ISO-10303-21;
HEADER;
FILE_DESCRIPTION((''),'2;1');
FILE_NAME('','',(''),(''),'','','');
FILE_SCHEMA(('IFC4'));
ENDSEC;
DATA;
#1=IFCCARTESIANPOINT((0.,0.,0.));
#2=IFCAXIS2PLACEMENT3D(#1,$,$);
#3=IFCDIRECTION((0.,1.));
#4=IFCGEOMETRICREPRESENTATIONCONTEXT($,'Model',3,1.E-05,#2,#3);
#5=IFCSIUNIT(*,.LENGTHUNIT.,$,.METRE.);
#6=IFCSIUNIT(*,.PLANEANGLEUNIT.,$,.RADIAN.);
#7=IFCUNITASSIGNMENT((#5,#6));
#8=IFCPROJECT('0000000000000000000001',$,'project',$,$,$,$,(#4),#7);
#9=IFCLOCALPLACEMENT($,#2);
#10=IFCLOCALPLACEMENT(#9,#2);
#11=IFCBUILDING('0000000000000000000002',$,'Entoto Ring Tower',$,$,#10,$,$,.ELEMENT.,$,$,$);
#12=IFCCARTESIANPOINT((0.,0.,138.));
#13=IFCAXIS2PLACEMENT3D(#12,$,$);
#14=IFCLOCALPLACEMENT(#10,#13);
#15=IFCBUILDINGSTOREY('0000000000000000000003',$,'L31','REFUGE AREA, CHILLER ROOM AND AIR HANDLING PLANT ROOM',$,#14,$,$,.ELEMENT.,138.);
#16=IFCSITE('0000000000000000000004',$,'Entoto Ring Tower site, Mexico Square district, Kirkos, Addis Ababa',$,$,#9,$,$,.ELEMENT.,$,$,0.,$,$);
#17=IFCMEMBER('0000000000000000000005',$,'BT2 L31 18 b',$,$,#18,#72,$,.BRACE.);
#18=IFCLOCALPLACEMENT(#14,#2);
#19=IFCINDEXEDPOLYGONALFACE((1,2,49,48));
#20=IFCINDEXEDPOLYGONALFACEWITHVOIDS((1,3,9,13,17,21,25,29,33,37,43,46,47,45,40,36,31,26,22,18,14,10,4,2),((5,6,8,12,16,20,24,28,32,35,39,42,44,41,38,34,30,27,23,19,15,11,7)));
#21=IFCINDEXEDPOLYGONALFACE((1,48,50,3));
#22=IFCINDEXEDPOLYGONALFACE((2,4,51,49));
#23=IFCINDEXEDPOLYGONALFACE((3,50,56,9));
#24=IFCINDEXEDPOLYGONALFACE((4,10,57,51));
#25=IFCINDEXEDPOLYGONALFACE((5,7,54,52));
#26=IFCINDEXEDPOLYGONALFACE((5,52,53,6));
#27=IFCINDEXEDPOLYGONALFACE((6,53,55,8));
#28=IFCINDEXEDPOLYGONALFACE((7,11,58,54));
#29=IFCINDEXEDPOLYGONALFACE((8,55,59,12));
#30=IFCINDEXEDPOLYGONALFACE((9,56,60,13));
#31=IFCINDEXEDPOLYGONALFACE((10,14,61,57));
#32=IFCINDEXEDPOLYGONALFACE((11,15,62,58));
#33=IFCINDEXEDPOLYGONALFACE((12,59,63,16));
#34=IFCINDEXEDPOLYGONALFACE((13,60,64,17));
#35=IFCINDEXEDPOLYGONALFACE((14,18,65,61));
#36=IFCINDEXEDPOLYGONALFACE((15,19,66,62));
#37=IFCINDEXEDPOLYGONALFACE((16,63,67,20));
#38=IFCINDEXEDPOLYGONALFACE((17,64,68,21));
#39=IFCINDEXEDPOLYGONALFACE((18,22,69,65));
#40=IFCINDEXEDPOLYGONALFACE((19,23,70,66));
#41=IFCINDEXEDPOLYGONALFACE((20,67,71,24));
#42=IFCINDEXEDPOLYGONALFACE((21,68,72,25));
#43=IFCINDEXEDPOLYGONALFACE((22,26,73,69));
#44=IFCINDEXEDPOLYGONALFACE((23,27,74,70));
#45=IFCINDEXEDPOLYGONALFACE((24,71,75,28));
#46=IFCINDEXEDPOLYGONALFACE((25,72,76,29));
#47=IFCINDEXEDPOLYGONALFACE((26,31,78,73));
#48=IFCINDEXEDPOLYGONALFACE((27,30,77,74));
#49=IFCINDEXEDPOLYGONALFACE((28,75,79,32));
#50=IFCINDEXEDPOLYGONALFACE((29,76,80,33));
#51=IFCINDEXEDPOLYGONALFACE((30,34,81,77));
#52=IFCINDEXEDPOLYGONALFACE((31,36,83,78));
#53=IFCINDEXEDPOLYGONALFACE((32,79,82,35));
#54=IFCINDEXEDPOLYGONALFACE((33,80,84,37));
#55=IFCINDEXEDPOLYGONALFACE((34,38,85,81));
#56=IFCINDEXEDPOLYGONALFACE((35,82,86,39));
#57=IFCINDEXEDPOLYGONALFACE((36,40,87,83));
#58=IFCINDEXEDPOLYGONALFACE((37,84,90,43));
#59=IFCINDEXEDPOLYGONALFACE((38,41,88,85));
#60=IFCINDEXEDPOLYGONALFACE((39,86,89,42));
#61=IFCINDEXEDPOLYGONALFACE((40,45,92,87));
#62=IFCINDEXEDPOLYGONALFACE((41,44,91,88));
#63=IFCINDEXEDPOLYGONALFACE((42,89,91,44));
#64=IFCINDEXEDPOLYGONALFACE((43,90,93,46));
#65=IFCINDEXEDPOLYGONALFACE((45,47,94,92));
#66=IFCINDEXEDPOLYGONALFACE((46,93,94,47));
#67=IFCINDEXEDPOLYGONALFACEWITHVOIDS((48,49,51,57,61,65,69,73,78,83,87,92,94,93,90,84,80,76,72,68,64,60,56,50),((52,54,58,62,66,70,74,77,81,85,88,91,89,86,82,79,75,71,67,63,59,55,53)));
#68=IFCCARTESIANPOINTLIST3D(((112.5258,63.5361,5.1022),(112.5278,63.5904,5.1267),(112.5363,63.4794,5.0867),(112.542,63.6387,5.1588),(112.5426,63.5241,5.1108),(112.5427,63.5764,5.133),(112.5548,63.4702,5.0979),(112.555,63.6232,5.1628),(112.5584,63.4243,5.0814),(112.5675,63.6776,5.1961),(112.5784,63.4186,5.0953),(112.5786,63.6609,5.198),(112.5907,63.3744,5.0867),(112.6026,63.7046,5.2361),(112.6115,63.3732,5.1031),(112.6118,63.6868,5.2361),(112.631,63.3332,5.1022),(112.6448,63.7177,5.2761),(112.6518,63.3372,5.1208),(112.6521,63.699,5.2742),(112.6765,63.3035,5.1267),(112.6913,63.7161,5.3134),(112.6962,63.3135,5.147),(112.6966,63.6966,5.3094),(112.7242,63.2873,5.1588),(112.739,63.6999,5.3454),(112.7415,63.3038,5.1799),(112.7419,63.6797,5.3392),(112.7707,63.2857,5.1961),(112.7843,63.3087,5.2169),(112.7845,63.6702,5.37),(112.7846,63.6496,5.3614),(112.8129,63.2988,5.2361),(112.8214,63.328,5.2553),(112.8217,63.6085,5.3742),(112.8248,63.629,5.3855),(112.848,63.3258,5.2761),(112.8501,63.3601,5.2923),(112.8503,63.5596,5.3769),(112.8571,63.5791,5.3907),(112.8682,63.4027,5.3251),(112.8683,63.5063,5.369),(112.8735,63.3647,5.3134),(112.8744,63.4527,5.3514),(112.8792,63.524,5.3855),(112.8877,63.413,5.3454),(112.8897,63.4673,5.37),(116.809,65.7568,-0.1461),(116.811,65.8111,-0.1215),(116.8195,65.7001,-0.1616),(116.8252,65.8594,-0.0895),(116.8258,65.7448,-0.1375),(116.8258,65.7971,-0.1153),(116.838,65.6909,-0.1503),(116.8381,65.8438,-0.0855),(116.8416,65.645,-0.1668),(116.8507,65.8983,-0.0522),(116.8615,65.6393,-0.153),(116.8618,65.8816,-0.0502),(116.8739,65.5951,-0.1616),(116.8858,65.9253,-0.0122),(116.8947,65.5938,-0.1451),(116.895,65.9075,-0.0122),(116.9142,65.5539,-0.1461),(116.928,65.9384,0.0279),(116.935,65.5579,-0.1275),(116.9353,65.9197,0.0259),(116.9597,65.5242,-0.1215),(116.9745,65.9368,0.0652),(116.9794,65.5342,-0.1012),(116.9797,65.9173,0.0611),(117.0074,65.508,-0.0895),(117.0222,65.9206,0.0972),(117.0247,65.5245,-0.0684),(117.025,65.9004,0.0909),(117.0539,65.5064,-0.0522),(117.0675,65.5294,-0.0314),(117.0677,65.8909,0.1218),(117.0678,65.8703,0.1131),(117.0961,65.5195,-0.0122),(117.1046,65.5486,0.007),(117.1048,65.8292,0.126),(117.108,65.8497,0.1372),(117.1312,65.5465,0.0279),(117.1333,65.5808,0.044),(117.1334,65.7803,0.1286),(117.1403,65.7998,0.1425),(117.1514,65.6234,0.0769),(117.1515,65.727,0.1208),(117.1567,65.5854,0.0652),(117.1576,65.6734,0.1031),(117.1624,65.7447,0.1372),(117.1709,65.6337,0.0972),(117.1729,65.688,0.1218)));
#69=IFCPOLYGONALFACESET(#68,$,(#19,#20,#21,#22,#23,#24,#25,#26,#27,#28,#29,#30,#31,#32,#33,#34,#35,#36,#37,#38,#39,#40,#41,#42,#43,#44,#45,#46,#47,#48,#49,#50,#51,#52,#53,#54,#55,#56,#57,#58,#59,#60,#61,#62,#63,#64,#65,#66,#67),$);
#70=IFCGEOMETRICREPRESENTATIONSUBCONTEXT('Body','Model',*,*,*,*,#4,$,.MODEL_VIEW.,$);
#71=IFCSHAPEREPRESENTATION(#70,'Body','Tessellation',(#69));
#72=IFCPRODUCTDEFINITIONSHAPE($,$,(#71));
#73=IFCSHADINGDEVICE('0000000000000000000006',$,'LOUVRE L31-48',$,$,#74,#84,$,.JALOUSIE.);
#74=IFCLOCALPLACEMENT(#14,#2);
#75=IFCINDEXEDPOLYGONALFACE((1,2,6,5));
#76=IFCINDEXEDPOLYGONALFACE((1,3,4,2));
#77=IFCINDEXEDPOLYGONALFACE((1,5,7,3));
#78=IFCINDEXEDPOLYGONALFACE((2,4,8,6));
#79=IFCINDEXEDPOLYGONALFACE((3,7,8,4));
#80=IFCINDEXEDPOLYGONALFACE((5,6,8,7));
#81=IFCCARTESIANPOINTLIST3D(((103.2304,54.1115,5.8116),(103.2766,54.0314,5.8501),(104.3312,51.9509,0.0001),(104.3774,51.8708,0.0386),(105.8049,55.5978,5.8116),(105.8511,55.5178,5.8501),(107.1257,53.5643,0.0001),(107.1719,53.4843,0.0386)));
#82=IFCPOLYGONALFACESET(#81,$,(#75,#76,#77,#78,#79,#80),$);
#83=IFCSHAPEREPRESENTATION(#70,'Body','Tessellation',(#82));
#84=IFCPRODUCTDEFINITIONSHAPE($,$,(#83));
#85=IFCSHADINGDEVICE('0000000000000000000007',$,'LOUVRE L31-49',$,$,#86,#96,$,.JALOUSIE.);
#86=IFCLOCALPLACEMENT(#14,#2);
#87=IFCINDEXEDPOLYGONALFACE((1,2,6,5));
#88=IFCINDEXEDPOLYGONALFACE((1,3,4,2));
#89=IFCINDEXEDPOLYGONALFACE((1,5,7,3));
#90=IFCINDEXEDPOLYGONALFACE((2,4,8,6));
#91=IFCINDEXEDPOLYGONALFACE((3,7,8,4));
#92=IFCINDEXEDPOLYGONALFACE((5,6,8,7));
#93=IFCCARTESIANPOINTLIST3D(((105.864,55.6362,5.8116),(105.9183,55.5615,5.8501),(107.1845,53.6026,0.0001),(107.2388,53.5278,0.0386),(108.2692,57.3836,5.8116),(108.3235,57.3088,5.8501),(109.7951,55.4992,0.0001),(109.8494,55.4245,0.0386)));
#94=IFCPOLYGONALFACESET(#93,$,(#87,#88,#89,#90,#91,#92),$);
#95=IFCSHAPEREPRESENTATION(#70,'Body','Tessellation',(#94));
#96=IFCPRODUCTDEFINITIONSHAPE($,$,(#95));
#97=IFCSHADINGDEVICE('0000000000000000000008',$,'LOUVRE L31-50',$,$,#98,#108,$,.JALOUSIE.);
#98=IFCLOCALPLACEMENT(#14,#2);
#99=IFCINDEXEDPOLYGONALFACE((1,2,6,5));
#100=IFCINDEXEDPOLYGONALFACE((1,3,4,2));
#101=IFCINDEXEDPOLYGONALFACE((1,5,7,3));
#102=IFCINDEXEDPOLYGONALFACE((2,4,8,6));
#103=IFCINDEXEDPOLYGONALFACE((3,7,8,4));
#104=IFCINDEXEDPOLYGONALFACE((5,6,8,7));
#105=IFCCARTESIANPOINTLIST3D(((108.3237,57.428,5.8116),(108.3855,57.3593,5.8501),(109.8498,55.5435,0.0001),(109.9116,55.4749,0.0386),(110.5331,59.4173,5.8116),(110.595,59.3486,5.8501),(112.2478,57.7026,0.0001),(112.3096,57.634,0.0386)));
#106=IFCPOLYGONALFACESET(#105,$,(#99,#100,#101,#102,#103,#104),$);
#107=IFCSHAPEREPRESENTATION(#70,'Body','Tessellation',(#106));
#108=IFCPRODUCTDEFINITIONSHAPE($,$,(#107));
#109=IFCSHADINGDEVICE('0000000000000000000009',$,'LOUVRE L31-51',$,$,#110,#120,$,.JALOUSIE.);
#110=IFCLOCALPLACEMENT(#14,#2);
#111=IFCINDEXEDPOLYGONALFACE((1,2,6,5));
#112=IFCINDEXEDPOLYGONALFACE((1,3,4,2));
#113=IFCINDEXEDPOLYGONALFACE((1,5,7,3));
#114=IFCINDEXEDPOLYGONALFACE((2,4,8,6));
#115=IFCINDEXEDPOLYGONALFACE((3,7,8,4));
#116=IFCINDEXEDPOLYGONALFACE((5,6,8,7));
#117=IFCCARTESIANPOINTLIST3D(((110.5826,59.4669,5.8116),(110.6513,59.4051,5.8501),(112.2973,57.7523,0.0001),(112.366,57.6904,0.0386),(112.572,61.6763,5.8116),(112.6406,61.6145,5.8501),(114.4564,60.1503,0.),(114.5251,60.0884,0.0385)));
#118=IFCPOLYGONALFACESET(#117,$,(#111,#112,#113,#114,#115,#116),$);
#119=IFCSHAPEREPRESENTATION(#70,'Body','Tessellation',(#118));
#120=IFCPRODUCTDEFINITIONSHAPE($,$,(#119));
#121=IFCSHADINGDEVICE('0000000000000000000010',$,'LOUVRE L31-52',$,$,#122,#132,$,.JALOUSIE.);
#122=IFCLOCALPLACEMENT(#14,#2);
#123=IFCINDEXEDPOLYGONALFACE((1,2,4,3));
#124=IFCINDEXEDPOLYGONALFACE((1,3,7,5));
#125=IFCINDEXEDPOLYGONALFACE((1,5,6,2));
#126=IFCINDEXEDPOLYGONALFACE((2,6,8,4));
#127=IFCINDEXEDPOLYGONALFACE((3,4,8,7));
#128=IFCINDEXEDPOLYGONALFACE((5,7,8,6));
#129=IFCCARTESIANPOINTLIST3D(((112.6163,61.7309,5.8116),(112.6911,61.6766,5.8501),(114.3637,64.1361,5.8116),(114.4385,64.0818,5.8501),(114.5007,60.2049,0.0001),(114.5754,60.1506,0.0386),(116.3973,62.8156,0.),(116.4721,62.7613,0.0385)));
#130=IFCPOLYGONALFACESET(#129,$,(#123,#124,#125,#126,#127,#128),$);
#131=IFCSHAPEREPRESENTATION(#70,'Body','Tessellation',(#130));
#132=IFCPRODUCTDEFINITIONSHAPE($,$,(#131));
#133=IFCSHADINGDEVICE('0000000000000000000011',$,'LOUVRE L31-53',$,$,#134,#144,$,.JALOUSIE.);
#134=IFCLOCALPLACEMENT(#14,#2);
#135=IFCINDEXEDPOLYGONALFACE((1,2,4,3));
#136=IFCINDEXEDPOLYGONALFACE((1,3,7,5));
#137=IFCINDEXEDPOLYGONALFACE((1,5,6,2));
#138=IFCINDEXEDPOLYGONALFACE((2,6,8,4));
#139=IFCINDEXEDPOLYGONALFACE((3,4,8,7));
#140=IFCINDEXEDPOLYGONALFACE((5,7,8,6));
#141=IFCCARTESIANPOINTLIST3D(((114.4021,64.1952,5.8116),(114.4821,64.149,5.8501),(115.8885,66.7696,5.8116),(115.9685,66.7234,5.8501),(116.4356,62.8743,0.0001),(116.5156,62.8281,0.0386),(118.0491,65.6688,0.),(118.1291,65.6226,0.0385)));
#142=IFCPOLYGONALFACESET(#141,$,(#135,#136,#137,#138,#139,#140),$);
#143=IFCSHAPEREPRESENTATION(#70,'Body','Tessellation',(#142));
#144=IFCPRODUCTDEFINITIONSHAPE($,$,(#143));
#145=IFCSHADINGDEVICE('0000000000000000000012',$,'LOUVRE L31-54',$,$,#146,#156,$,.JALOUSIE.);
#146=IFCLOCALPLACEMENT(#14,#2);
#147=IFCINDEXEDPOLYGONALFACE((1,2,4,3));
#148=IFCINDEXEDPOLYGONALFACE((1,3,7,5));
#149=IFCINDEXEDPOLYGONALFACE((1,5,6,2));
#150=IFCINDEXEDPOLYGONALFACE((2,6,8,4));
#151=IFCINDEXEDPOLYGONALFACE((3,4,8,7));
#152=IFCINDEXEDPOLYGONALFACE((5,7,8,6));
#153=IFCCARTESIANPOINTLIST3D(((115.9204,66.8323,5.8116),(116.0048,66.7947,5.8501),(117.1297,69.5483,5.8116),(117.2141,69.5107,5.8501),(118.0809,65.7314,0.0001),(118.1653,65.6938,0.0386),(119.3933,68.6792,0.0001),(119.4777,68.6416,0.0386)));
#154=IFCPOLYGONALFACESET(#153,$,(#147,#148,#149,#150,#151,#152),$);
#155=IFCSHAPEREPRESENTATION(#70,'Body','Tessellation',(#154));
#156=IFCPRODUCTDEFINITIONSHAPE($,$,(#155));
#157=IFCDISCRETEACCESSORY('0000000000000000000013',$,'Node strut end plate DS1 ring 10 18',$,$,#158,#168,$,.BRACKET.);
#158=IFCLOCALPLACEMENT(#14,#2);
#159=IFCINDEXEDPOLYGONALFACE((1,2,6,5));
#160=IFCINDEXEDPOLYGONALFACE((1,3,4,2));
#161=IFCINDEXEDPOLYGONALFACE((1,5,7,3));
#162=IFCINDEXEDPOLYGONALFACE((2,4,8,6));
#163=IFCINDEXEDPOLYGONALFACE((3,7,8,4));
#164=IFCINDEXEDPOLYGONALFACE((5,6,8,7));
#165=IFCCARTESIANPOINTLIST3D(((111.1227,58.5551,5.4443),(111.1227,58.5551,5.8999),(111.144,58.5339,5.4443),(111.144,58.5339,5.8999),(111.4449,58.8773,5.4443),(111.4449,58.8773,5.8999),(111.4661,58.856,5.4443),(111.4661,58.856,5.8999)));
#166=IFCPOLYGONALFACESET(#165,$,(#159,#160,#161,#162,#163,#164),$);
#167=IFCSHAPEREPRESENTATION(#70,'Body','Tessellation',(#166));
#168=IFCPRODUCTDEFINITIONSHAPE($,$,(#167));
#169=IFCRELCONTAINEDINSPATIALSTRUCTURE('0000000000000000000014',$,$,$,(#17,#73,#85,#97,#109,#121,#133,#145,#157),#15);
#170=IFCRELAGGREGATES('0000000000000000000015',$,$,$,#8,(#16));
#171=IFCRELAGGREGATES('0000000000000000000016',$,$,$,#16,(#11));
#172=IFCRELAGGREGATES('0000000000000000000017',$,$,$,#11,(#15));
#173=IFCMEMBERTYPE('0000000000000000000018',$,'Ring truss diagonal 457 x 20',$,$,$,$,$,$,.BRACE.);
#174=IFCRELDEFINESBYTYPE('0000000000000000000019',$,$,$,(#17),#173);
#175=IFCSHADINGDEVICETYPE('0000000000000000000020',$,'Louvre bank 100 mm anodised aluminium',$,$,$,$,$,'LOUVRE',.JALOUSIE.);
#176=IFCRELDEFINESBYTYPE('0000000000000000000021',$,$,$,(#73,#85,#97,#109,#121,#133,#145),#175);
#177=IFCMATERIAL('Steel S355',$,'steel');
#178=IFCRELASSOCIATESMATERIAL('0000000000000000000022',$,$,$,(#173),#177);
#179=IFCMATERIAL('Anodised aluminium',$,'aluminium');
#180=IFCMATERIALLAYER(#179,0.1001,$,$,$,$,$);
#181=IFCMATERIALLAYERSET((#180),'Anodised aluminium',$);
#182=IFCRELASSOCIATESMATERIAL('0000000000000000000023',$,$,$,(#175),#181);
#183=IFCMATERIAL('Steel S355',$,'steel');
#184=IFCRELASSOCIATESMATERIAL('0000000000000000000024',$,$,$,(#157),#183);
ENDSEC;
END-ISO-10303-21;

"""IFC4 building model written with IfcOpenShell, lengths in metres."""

from ifc_helpers import new_model, si_unit, direction, frame, origin, origin_2d, place, context, subcontext, project, spatial, polyline, rectangle, circle, hollow_circle, outline, extrude, material, layer, layer_set, material_profile, profile_set, type_object, element, save


model = new_model("IFC4")

# Units and contexts
model_context = context("Model", 3, precision=1e-05, world=origin(), true_north=direction((0.0, 1.0)))
body_context = subcontext(model_context, "Body", "Model", "MODEL_VIEW")
ifc_project = project(units=[si_unit("LENGTHUNIT", "METRE"), si_unit("PLANEANGLEUNIT", "RADIAN")], contexts=[model_context])

# Site, building, storey
site_placement = place(None, origin())
site = spatial("IfcSite", under=ifc_project, at=site_placement, Name="Entoto Ring Tower site, Mexico Square district, Kirkos, Addis Ababa", CompositionType="ELEMENT", RefElevation=0.0)
building_placement = place(site_placement, origin())
building = spatial("IfcBuilding", under=site, at=building_placement, Name="Entoto Ring Tower", CompositionType="ELEMENT")
storey_placement = place(building_placement, frame((0.0, 0.0, 138.0)))
storey = spatial("IfcBuildingStorey", under=building, at=storey_placement, Name="L31", Description="REFUGE AREA, CHILLER ROOM AND AIR HANDLING PLANT ROOM", CompositionType="ELEMENT", Elevation=138.0)

# Member
ifc_material_1 = material(Name="Steel S355", Category="steel")
ifc_material_profile_1 = material_profile(ifc_material_1, hollow_circle(Radius=0.2285, WallThickness=0.02, at=origin_2d()), Name="CHS 457 x 20")
ifc_material_2 = material(Name="Concrete C60/75", Category="concrete")
ifc_material_profile_2 = material_profile(ifc_material_2, circle(Radius=0.2085, at=origin_2d()), Name="Concrete C60/75 infill")
ifc_profile_set_1 = profile_set([ifc_material_profile_1, ifc_material_profile_2], Name="Steel S355")
member_type_1 = type_object("IfcMemberType", Name="Ring truss diagonal 457 x 20", PredefinedType="BRACE", material=ifc_profile_set_1)
member_1_placement = place(storey_placement, frame((112.7078, 63.5017, 5.2361), z_axis=(0.600818, 0.311505, -0.736194), x_axis=(-0.460282, 0.887773, 0.0)))
element("IfcMember", 1, at=member_1_placement, inside=storey, type_object=member_type_1, Name="BT2 L31 18 b", PredefinedType="BRACE", context=body_context, shape_type="SweptSolid", body=[
    extrude(hollow_circle(Radius=0.2285, WallThickness=0.02, at=origin_2d()), origin(), (0.0, 0.0, 1.0), 7.1289),
])

# Shading devices
ifc_material_3 = material(Name="Anodised aluminium", Category="aluminium")
ifc_layer_1 = layer(ifc_material_3, 0.1001)
ifc_layer_set_1 = layer_set([ifc_layer_1], Name="Anodised aluminium")
shading_device_type = type_object("IfcShadingDeviceType", Name="Louvre bank 100 mm anodised aluminium", ElementType="LOUVRE", PredefinedType="JALOUSIE", material=ifc_layer_set_1)
shading_device_1_placement = place(storey_placement, frame((104.3774, 51.8708, 0.0386), z_axis=(0.461551, -0.799399, 0.38462), x_axis=(0.866015, 0.500018, 0.000009)))
element("IfcShadingDevice", 2, at=shading_device_1_placement, inside=storey, type_object=shading_device_type, Name="LOUVRE L31-48", PredefinedType="JALOUSIE", context=body_context, shape_type="SweptSolid", body=[
    extrude(outline(polyline([(0.0, 0.0), (3.2268, 0.0), (3.0998, 6.2958), (0.1271, 6.2959), (0.0, 0.0)])), origin(), (0.0, 0.0, -1.0), 0.1001),
])
shading_device_2_placement = place(storey_placement, frame((107.2388, 53.5278, 0.0386), z_axis=(0.542554, -0.746802, 0.384606), x_axis=(0.80903, 0.587768, 0.000011)))
element("IfcShadingDevice", 3, at=shading_device_2_placement, inside=storey, type_object=shading_device_type, Name="LOUVRE L31-49", PredefinedType="JALOUSIE", context=body_context, shape_type="SweptSolid", body=[
    extrude(outline(polyline([(0.0, 0.0), (3.2269, 0.0), (3.1, 6.2958), (0.127, 6.2958), (0.0, 0.0)])), origin(), (0.0, 0.0, -1.0), 0.1001),
])
shading_device_3_placement = place(storey_placement, frame((109.9116, 55.4749, 0.0386), z_axis=(0.617647, -0.685983, 0.384629), x_axis=(0.743151, 0.669124, 0.000009)))
element("IfcShadingDevice", 4, at=shading_device_3_placement, inside=storey, type_object=shading_device_type, Name="LOUVRE L31-50", PredefinedType="JALOUSIE", context=body_context, shape_type="SweptSolid", body=[
    extrude(outline(polyline([(0.0, 0.0), (3.2268, 0.0), (3.0999, 6.2958), (0.1269, 6.2959), (0.0, 0.0)])), origin(), (0.0, 0.0, -1.0), 0.1001),
])
shading_device_4_placement = place(storey_placement, frame((112.366, 57.6904, 0.0386), z_axis=(0.685983, -0.617647, 0.384629), x_axis=(0.669124, 0.743151, -0.000009)))
element("IfcShadingDevice", 5, at=shading_device_4_placement, inside=storey, type_object=shading_device_type, Name="LOUVRE L31-51", PredefinedType="JALOUSIE", context=body_context, shape_type="SweptSolid", body=[
    extrude(outline(polyline([(0.0, 0.0), (3.2268, 0.0), (3.0999, 6.2959), (0.1269, 6.2958), (0.0, 0.0)])), origin(), (0.0, 0.0, -1.0), 0.1001),
])
shading_device_5_placement = place(storey_placement, frame((114.5754, 60.1506, 0.0386), z_axis=(0.746802, -0.542554, 0.384606), x_axis=(0.587768, 0.80903, -0.000011)))
element("IfcShadingDevice", 6, at=shading_device_5_placement, inside=storey, type_object=shading_device_type, Name="LOUVRE L31-52", PredefinedType="JALOUSIE", context=body_context, shape_type="SweptSolid", body=[
    extrude(outline(polyline([(0.0, 0.0), (3.2269, 0.0), (3.0999, 6.2958), (0.1269, 6.2958), (0.0, 0.0)])), origin(), (0.0, 0.0, -1.0), 0.1001),
])
shading_device_6_placement = place(storey_placement, frame((116.5156, 62.8281, 0.0386), z_axis=(0.799399, -0.461551, 0.38462), x_axis=(0.500018, 0.866015, -0.000009)))
element("IfcShadingDevice", 7, at=shading_device_6_placement, inside=storey, type_object=shading_device_type, Name="LOUVRE L31-53", PredefinedType="JALOUSIE", context=body_context, shape_type="SweptSolid", body=[
    extrude(outline(polyline([(0.0, 0.0), (3.2268, 0.0), (3.0997, 6.2959), (0.127, 6.2958), (0.0, 0.0)])), origin(), (0.0, 0.0, -1.0), 0.1001),
])
shading_device_7_placement = place(storey_placement, frame((118.1653, 65.6938, 0.0386), z_axis=(0.843273, -0.375454, 0.38461), x_axis=(0.406743, 0.913542, -0.000006)))
element("IfcShadingDevice", 8, at=shading_device_7_placement, inside=storey, type_object=shading_device_type, Name="LOUVRE L31-54", PredefinedType="JALOUSIE", context=body_context, shape_type="SweptSolid", body=[
    extrude(outline(polyline([(0.0, 0.0), (3.2267, 0.0), (3.1, 6.2958), (0.1269, 6.2958), (0.0, 0.0)])), origin(), (0.0, 0.0, -1.0), 0.1001),
])

# Discrete accessory
ifc_material_4 = material(Name="Steel S355", Category="steel")
discrete_accessory_placement = place(storey_placement, frame((111.2944, 58.7056, 5.4443), z_axis=(0.0, 0.0, 1.0), x_axis=(0.707107, -0.707107, 0.0)))
element("IfcDiscreteAccessory", 9, at=discrete_accessory_placement, inside=storey, material=ifc_material_4, Name="Node strut end plate DS1 ring 10 18", PredefinedType="BRACKET", context=body_context, shape_type="SweptSolid", body=[
    extrude(rectangle(XDim=0.03, YDim=0.4556, at=origin_2d()), origin(), (0.0, 0.0, 1.0), 0.4556),
])

save(model, "model.ifc")
